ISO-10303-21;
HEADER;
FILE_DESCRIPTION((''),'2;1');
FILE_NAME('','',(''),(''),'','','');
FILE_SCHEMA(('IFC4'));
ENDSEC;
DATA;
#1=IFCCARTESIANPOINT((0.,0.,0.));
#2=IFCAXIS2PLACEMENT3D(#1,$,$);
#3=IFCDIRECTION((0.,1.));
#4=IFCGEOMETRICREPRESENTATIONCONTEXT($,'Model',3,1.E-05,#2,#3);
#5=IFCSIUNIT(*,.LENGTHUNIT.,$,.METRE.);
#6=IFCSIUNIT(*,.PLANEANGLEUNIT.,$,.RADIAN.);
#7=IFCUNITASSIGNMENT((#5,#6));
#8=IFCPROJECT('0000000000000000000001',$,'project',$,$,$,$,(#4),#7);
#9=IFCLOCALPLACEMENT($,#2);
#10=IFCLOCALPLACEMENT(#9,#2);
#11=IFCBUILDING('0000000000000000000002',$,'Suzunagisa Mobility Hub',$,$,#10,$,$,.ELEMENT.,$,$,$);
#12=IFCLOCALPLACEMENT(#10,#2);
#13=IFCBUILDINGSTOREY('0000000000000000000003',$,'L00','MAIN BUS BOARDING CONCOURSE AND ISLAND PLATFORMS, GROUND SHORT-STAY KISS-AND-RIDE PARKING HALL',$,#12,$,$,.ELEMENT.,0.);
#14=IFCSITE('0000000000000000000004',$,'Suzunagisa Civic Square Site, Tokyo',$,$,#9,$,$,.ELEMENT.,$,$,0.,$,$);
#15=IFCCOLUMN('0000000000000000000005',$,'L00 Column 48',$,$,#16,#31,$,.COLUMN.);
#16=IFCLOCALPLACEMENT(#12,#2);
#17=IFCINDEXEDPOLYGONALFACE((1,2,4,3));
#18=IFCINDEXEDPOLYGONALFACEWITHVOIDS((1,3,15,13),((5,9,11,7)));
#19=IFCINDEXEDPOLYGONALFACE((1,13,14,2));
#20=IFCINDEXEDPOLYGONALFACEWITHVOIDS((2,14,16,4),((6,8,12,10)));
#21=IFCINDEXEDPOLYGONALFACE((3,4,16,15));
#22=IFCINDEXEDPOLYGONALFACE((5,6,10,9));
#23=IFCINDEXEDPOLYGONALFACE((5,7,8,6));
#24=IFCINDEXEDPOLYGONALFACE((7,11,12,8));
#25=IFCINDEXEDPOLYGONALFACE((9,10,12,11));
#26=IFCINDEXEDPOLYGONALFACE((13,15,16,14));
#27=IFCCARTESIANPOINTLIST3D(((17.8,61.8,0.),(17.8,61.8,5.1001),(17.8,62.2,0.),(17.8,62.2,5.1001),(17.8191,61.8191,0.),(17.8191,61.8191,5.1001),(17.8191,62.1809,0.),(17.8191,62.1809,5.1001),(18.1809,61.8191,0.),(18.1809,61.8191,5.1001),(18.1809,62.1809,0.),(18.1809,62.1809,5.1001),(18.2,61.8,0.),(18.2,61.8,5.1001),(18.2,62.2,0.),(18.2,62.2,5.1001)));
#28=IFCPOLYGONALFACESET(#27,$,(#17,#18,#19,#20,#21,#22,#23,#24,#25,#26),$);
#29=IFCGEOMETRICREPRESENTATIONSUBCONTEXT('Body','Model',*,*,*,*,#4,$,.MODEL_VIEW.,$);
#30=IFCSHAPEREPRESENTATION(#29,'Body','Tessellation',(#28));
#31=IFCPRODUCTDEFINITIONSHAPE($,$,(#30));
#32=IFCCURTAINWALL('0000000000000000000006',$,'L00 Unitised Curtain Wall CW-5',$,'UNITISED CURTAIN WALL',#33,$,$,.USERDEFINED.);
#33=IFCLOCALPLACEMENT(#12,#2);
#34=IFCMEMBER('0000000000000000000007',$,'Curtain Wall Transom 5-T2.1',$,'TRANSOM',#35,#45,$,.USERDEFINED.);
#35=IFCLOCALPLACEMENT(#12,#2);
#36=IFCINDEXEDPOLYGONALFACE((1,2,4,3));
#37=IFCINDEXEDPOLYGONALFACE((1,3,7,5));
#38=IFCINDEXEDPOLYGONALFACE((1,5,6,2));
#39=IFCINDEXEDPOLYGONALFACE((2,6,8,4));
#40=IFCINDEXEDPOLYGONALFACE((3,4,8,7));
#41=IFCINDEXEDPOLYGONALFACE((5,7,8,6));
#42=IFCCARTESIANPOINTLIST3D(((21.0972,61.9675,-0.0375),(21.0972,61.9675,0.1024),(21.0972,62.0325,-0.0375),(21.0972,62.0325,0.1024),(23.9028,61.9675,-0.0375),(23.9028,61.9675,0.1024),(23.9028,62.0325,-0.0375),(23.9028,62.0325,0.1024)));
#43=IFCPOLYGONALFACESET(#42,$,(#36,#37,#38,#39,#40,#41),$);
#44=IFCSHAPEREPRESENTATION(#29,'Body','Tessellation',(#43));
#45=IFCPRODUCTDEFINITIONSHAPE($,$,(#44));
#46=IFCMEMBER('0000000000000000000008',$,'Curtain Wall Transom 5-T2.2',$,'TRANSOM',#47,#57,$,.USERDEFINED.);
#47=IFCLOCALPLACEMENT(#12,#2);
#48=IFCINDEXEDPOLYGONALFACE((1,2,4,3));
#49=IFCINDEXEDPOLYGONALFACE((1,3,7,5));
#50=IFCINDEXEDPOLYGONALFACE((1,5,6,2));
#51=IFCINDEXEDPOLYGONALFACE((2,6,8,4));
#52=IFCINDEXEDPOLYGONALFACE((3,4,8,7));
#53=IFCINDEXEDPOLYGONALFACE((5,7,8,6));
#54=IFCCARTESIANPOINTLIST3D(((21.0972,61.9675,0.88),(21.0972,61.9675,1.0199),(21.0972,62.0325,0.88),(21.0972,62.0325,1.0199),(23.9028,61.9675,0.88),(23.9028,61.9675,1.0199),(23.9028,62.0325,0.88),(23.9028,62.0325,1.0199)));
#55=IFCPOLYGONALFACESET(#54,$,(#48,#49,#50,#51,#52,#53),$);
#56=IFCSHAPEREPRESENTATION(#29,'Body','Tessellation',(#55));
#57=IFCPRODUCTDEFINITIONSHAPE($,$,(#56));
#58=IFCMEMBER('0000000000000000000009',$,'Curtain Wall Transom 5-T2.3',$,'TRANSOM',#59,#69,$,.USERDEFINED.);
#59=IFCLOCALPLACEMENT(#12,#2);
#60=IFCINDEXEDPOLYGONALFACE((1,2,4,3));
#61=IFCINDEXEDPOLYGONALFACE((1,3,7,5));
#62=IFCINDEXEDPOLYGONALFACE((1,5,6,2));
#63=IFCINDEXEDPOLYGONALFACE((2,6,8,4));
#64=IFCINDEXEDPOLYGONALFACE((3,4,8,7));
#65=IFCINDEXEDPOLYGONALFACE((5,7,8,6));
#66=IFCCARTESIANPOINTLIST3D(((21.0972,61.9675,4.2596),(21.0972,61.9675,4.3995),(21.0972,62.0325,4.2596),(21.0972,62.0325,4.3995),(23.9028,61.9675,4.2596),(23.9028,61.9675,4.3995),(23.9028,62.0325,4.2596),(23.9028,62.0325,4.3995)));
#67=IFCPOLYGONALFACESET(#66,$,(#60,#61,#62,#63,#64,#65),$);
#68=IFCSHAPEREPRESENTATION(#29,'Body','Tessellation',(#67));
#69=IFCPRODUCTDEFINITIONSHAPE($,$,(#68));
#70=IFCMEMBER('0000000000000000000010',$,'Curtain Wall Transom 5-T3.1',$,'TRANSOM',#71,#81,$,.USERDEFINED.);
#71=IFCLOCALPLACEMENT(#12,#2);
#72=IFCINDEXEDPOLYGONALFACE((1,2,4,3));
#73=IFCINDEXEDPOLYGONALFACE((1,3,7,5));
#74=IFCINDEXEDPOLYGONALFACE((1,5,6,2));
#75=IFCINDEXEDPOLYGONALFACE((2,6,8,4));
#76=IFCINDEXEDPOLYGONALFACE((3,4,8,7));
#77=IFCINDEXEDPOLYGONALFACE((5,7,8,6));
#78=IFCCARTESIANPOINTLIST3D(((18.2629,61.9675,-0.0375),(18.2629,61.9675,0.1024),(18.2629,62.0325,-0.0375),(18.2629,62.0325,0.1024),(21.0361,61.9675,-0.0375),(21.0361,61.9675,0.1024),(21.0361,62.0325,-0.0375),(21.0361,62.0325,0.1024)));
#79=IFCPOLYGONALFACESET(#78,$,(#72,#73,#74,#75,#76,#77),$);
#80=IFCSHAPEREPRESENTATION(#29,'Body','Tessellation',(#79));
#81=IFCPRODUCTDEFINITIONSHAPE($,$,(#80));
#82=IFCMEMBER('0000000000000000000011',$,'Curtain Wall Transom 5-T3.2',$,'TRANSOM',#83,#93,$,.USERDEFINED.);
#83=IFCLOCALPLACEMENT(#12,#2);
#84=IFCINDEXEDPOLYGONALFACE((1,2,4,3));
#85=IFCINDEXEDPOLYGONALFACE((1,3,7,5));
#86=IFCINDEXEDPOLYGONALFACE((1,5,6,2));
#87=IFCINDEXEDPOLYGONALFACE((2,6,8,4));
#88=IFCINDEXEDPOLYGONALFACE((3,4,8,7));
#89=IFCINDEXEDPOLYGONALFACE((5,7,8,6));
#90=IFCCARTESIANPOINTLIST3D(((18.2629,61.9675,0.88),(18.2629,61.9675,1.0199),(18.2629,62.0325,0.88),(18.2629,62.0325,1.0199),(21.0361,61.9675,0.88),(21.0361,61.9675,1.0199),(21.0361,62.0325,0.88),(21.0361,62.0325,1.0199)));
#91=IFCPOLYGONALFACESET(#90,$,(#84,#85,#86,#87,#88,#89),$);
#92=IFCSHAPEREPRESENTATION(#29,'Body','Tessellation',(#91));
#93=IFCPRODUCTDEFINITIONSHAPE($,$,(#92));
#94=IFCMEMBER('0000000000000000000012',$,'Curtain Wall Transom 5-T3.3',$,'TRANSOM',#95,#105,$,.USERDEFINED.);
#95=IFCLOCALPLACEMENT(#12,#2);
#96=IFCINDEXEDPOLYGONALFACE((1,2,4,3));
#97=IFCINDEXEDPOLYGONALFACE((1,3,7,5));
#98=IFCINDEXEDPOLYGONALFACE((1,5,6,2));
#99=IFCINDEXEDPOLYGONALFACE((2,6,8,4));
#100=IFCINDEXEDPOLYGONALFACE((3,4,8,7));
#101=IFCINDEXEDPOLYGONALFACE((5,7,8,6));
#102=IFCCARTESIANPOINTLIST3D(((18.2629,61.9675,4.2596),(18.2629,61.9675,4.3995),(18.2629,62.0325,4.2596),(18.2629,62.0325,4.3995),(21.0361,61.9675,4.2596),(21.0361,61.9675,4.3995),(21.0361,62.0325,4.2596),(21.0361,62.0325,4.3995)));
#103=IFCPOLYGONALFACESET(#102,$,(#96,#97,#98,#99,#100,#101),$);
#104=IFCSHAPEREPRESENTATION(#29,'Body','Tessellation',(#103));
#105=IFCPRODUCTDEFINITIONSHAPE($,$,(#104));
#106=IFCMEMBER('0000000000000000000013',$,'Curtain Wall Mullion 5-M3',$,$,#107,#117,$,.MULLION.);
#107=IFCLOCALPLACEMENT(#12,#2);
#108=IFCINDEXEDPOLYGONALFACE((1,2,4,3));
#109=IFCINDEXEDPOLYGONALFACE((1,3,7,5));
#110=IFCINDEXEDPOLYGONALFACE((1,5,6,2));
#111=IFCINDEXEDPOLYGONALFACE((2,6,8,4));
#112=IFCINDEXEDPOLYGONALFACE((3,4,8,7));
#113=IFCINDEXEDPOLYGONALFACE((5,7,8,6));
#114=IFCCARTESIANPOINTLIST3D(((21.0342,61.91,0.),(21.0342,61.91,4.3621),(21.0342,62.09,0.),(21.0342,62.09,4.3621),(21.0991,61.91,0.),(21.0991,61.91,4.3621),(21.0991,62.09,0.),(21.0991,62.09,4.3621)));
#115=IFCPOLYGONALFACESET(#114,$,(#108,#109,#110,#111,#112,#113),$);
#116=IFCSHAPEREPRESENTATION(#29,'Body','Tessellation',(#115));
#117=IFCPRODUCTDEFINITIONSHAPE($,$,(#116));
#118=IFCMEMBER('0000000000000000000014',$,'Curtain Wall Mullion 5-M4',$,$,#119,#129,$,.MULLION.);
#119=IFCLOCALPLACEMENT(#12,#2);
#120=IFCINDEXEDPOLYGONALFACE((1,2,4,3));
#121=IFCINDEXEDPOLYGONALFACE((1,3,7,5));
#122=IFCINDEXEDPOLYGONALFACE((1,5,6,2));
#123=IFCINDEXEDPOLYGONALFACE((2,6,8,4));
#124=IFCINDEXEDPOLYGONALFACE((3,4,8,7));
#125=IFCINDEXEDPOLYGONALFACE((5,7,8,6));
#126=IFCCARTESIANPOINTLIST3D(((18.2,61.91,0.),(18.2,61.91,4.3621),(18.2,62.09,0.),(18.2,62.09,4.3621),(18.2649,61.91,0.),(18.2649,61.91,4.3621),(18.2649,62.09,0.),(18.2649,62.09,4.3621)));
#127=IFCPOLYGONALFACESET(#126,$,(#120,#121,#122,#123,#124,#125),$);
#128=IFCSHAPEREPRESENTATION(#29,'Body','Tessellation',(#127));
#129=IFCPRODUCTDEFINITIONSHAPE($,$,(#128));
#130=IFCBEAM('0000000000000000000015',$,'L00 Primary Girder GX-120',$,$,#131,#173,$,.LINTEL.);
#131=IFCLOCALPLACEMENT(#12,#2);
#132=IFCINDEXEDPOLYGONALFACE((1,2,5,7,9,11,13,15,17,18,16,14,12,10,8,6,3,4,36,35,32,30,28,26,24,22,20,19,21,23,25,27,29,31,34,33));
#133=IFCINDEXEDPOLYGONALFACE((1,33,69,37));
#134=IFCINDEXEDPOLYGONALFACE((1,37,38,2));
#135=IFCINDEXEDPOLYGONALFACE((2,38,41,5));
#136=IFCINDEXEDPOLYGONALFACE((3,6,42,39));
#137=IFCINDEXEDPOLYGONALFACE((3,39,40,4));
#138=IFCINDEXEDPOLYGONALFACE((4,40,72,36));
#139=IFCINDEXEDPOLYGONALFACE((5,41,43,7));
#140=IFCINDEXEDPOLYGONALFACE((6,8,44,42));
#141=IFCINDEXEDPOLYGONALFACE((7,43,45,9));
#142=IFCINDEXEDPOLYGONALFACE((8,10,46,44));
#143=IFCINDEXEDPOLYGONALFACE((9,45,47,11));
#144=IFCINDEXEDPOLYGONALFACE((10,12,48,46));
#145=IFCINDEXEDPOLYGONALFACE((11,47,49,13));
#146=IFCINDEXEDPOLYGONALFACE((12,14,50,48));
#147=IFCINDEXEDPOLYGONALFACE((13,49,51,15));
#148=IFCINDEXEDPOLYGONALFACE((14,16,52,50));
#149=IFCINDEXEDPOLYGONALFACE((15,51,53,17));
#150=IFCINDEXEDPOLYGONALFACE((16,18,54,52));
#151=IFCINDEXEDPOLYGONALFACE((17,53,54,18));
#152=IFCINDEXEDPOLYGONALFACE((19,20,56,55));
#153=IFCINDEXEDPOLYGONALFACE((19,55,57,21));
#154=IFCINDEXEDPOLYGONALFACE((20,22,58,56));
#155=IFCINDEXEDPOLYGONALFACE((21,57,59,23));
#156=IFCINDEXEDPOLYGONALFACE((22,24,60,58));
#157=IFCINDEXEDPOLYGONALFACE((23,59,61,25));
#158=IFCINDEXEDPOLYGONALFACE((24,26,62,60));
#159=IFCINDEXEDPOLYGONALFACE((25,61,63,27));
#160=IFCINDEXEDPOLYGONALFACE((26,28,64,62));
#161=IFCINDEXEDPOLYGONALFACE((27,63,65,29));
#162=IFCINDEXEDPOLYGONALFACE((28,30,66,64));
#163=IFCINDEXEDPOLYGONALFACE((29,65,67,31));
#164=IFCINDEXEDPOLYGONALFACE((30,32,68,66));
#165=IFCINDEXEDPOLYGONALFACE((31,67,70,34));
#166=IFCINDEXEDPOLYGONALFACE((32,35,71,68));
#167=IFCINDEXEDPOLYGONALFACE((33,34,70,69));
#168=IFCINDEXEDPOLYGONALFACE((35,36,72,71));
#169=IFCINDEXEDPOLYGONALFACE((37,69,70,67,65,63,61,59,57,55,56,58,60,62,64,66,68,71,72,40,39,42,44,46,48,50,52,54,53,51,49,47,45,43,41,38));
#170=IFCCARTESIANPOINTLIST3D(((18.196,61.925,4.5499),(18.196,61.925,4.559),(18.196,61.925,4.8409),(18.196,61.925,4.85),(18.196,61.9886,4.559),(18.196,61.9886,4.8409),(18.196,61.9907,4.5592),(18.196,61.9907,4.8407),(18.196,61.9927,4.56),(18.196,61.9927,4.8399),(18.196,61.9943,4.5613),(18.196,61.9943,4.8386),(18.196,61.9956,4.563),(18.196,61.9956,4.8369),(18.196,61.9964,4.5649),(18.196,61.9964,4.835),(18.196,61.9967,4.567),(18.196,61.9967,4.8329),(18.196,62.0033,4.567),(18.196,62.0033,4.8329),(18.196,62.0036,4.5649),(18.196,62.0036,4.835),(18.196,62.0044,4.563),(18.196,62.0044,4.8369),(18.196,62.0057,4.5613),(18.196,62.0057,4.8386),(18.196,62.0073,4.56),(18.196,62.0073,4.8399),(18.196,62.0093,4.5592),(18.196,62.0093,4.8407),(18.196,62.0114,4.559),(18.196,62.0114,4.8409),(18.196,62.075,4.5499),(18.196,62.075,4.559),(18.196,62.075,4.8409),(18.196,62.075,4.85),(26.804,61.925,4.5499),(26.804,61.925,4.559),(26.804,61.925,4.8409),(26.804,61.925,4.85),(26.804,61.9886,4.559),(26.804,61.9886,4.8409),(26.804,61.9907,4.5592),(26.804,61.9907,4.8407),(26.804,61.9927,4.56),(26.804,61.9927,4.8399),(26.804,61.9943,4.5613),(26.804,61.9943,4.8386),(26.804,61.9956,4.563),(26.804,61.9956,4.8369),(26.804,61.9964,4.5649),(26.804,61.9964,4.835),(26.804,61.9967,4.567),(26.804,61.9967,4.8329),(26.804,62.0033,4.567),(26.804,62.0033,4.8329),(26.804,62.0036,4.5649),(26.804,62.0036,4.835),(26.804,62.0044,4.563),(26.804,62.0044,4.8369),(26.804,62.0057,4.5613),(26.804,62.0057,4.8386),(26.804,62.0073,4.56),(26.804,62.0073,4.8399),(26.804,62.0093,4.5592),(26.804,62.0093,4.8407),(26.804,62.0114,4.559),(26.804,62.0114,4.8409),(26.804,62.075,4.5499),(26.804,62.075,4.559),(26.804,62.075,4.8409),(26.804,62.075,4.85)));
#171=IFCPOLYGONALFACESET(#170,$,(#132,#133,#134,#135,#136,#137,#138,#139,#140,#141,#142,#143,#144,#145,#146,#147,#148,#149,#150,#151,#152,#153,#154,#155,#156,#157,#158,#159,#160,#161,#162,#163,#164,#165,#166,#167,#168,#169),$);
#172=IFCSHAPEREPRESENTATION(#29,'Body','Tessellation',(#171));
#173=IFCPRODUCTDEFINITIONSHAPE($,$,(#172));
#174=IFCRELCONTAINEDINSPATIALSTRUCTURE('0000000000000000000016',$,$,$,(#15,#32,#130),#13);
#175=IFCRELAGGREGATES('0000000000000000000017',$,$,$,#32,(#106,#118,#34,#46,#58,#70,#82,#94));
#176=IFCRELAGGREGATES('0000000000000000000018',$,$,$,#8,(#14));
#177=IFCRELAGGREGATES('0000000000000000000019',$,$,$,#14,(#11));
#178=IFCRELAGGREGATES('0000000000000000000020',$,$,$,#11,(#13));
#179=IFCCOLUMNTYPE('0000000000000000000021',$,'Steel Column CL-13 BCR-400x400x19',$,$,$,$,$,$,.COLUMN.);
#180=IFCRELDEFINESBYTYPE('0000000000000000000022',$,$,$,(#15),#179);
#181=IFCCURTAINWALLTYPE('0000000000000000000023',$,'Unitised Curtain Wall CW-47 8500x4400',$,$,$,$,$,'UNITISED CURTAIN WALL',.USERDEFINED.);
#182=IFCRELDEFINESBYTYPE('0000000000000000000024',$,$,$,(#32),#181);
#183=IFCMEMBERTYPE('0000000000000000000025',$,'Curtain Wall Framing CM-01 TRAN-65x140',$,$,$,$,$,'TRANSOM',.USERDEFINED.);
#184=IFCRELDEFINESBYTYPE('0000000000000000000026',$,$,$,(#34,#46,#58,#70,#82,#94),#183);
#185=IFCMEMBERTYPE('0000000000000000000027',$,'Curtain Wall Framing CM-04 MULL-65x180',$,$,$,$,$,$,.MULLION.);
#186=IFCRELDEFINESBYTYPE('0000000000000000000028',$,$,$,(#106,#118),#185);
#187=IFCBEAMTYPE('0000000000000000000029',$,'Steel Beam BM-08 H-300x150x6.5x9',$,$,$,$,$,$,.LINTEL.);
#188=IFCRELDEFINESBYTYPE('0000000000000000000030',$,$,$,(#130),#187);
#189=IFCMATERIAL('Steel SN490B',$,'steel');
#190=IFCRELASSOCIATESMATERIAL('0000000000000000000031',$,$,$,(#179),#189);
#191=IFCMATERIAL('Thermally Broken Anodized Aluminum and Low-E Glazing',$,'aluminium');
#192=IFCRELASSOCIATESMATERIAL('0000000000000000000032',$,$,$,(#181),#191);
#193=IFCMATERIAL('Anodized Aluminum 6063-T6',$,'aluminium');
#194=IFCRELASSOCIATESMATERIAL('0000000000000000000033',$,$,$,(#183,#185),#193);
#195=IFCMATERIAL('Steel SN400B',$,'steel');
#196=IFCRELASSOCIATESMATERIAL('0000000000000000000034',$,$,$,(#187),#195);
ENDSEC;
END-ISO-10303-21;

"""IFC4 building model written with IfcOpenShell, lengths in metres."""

from ifc_helpers import new_model, si_unit, direction, frame, origin, origin_2d, place, context, subcontext, project, spatial, rectangle, hollow_rectangle, i_section, extrude, material, material_profile, profile_set, type_object, element, aggregate, save


model = new_model("IFC4")

# Units and contexts
model_context = context("Model", 3, precision=1e-05, world=origin(), true_north=direction((0.0, 1.0)))
body_context = subcontext(model_context, "Body", "Model", "MODEL_VIEW")
ifc_project = project(units=[si_unit("LENGTHUNIT", "METRE"), si_unit("PLANEANGLEUNIT", "RADIAN")], contexts=[model_context])

# Site, building, storey
site_placement = place(None, origin())
site = spatial("IfcSite", under=ifc_project, at=site_placement, Name="Suzunagisa Civic Square Site, Tokyo", CompositionType="ELEMENT", RefElevation=0.0)
building_placement = place(site_placement, origin())
building = spatial("IfcBuilding", under=site, at=building_placement, Name="Suzunagisa Mobility Hub", CompositionType="ELEMENT")
storey_placement = place(building_placement, origin())
storey = spatial("IfcBuildingStorey", under=building, at=storey_placement, Name="L00", Description="MAIN BUS BOARDING CONCOURSE AND ISLAND PLATFORMS, GROUND SHORT-STAY KISS-AND-RIDE PARKING HALL", CompositionType="ELEMENT", Elevation=0.0)

# Column
ifc_material_1 = material(Name="Steel SN490B", Category="steel")
ifc_material_profile_1 = material_profile(ifc_material_1, hollow_rectangle(XDim=0.3999, YDim=0.3999, WallThickness=0.019, at=origin_2d()), Name="BCR-400x400x19")
ifc_profile_set_1 = profile_set([ifc_material_profile_1], Name="Steel SN490B")
column_type = type_object("IfcColumnType", Name="Steel Column CL-13 BCR-400x400x19", PredefinedType="COLUMN", material=ifc_profile_set_1)
column_placement = place(storey_placement, frame((18.0, 62.0, 0.0), z_axis=(0.0, 0.0, 1.0), x_axis=(1.0, 0.0, 0.0)))
element("IfcColumn", 1, at=column_placement, inside=storey, type_object=column_type, Name="L00 Column 48", PredefinedType="COLUMN", context=body_context, shape_type="SweptSolid", body=[
    extrude(hollow_rectangle(XDim=0.3999, YDim=0.3999, WallThickness=0.019, at=origin_2d()), origin(), (0.0, 0.0, 1.0), 5.1001),
])

# Curtain wall, members
ifc_material_2 = material(Name="Thermally Broken Anodized Aluminum and Low-E Glazing", Category="aluminium")
curtain_wall_type = type_object("IfcCurtainWallType", Name="Unitised Curtain Wall CW-47 8500x4400", ElementType="UNITISED CURTAIN WALL", PredefinedType="USERDEFINED", material=ifc_material_2)
curtain_wall_placement = place(storey_placement, origin())
curtain_wall = element("IfcCurtainWall", 2, at=curtain_wall_placement, inside=storey, type_object=curtain_wall_type, Name="L00 Unitised Curtain Wall CW-5", ObjectType="UNITISED CURTAIN WALL", PredefinedType="USERDEFINED")
ifc_material_3 = material(Name="Anodized Aluminum 6063-T6", Category="aluminium")
ifc_material_profile_2 = material_profile(ifc_material_3, rectangle(XDim=0.0649, YDim=0.1399, at=origin_2d()), Name="TRAN-65x140")
ifc_profile_set_2 = profile_set([ifc_material_profile_2], Name="Anodized Aluminum 6063-T6")
member_type_1 = type_object("IfcMemberType", Name="Curtain Wall Framing CM-01 TRAN-65x140", ElementType="TRANSOM", PredefinedType="USERDEFINED", material=ifc_profile_set_2)
member_1_placement = place(storey_placement, frame((23.9028, 62.0, 0.0325), z_axis=(-1.0, 0.0, 0.0), x_axis=(0.0, -1.0, 0.0)))
member_1 = element("IfcMember", 3, at=member_1_placement, type_object=member_type_1, Name="Curtain Wall Transom 5-T2.1", ObjectType="TRANSOM", PredefinedType="USERDEFINED", context=body_context, shape_type="SweptSolid", body=[
    extrude(rectangle(XDim=0.0649, YDim=0.1399, at=origin_2d()), origin(), (0.0, 0.0, 1.0), 2.8057),
])
member_2_placement = place(storey_placement, frame((23.9028, 62.0, 0.95), z_axis=(-1.0, 0.0, 0.0), x_axis=(0.0, -1.0, 0.0)))
member_2 = element("IfcMember", 4, at=member_2_placement, type_object=member_type_1, Name="Curtain Wall Transom 5-T2.2", ObjectType="TRANSOM", PredefinedType="USERDEFINED", context=body_context, shape_type="SweptSolid", body=[
    extrude(rectangle(XDim=0.0649, YDim=0.1399, at=origin_2d()), origin(), (0.0, 0.0, 1.0), 2.8057),
])
member_3_placement = place(storey_placement, frame((23.9028, 62.0, 4.3296), z_axis=(-1.0, 0.0, 0.0), x_axis=(0.0, -1.0, 0.0)))
member_3 = element("IfcMember", 5, at=member_3_placement, type_object=member_type_1, Name="Curtain Wall Transom 5-T2.3", ObjectType="TRANSOM", PredefinedType="USERDEFINED", context=body_context, shape_type="SweptSolid", body=[
    extrude(rectangle(XDim=0.0649, YDim=0.1399, at=origin_2d()), origin(), (0.0, 0.0, 1.0), 2.8057),
])
member_4_placement = place(storey_placement, frame((21.0361, 62.0, 0.0325), z_axis=(-1.0, 0.0, 0.0), x_axis=(0.0, -1.0, 0.0)))
member_4 = element("IfcMember", 6, at=member_4_placement, type_object=member_type_1, Name="Curtain Wall Transom 5-T3.1", ObjectType="TRANSOM", PredefinedType="USERDEFINED", context=body_context, shape_type="SweptSolid", body=[
    extrude(rectangle(XDim=0.0649, YDim=0.1399, at=origin_2d()), origin(), (0.0, 0.0, 1.0), 2.7732),
])
member_5_placement = place(storey_placement, frame((21.0361, 62.0, 0.95), z_axis=(-1.0, 0.0, 0.0), x_axis=(0.0, -1.0, 0.0)))
member_5 = element("IfcMember", 7, at=member_5_placement, type_object=member_type_1, Name="Curtain Wall Transom 5-T3.2", ObjectType="TRANSOM", PredefinedType="USERDEFINED", context=body_context, shape_type="SweptSolid", body=[
    extrude(rectangle(XDim=0.0649, YDim=0.1399, at=origin_2d()), origin(), (0.0, 0.0, 1.0), 2.7732),
])
member_6_placement = place(storey_placement, frame((21.0361, 62.0, 4.3296), z_axis=(-1.0, 0.0, 0.0), x_axis=(0.0, -1.0, 0.0)))
member_6 = element("IfcMember", 8, at=member_6_placement, type_object=member_type_1, Name="Curtain Wall Transom 5-T3.3", ObjectType="TRANSOM", PredefinedType="USERDEFINED", context=body_context, shape_type="SweptSolid", body=[
    extrude(rectangle(XDim=0.0649, YDim=0.1399, at=origin_2d()), origin(), (0.0, 0.0, 1.0), 2.7732),
])
ifc_material_profile_3 = material_profile(ifc_material_3, rectangle(XDim=0.0649, YDim=0.1799, at=origin_2d()), Name="MULL-65x180")
ifc_profile_set_3 = profile_set([ifc_material_profile_3], Name="Anodized Aluminum 6063-T6")
member_type_2 = type_object("IfcMemberType", Name="Curtain Wall Framing CM-04 MULL-65x180", PredefinedType="MULLION", material=ifc_profile_set_3)
member_7_placement = place(storey_placement, frame((21.0667, 62.0, 0.0), z_axis=(0.0, 0.0, 1.0), x_axis=(-1.0, 0.0, 0.0)))
member_7 = element("IfcMember", 9, at=member_7_placement, type_object=member_type_2, Name="Curtain Wall Mullion 5-M3", PredefinedType="MULLION", context=body_context, shape_type="SweptSolid", body=[
    extrude(rectangle(XDim=0.0649, YDim=0.1799, at=origin_2d()), origin(), (0.0, 0.0, 1.0), 4.3621),
])
member_8_placement = place(storey_placement, frame((18.2324, 62.0, 0.0), z_axis=(0.0, 0.0, 1.0), x_axis=(-1.0, 0.0, 0.0)))
member_8 = element("IfcMember", 10, at=member_8_placement, type_object=member_type_2, Name="Curtain Wall Mullion 5-M4", PredefinedType="MULLION", context=body_context, shape_type="SweptSolid", body=[
    extrude(rectangle(XDim=0.0649, YDim=0.1799, at=origin_2d()), origin(), (0.0, 0.0, 1.0), 4.3621),
])

# Beam
ifc_material_4 = material(Name="Steel SN400B", Category="steel")
ifc_material_profile_4 = material_profile(ifc_material_4, i_section(OverallWidth=0.1499, OverallDepth=0.3, WebThickness=0.0066, FlangeThickness=0.009, FilletRadius=0.0081, at=origin_2d()), Name="H-300x150x6.5x9")
ifc_profile_set_4 = profile_set([ifc_material_profile_4], Name="Steel SN400B")
beam_type_1 = type_object("IfcBeamType", Name="Steel Beam BM-08 H-300x150x6.5x9", PredefinedType="LINTEL", material=ifc_profile_set_4)
beam_1_placement = place(storey_placement, frame((18.196, 62.0, 4.7), z_axis=(1.0, 0.0, 0.0), x_axis=(0.0, 1.0, 0.0)))
element("IfcBeam", 11, at=beam_1_placement, inside=storey, type_object=beam_type_1, Name="L00 Primary Girder GX-120", PredefinedType="LINTEL", context=body_context, shape_type="SweptSolid", body=[
    extrude(i_section(OverallWidth=0.1499, OverallDepth=0.3, WebThickness=0.0066, FlangeThickness=0.009, FilletRadius=0.0081, at=origin_2d()), origin(), (0.0, 0.0, 1.0), 8.6079),
])

aggregate(curtain_wall, [member_7, member_8, member_1, member_2, member_3, member_4, member_5, member_6])

save(model, "model.ifc")
